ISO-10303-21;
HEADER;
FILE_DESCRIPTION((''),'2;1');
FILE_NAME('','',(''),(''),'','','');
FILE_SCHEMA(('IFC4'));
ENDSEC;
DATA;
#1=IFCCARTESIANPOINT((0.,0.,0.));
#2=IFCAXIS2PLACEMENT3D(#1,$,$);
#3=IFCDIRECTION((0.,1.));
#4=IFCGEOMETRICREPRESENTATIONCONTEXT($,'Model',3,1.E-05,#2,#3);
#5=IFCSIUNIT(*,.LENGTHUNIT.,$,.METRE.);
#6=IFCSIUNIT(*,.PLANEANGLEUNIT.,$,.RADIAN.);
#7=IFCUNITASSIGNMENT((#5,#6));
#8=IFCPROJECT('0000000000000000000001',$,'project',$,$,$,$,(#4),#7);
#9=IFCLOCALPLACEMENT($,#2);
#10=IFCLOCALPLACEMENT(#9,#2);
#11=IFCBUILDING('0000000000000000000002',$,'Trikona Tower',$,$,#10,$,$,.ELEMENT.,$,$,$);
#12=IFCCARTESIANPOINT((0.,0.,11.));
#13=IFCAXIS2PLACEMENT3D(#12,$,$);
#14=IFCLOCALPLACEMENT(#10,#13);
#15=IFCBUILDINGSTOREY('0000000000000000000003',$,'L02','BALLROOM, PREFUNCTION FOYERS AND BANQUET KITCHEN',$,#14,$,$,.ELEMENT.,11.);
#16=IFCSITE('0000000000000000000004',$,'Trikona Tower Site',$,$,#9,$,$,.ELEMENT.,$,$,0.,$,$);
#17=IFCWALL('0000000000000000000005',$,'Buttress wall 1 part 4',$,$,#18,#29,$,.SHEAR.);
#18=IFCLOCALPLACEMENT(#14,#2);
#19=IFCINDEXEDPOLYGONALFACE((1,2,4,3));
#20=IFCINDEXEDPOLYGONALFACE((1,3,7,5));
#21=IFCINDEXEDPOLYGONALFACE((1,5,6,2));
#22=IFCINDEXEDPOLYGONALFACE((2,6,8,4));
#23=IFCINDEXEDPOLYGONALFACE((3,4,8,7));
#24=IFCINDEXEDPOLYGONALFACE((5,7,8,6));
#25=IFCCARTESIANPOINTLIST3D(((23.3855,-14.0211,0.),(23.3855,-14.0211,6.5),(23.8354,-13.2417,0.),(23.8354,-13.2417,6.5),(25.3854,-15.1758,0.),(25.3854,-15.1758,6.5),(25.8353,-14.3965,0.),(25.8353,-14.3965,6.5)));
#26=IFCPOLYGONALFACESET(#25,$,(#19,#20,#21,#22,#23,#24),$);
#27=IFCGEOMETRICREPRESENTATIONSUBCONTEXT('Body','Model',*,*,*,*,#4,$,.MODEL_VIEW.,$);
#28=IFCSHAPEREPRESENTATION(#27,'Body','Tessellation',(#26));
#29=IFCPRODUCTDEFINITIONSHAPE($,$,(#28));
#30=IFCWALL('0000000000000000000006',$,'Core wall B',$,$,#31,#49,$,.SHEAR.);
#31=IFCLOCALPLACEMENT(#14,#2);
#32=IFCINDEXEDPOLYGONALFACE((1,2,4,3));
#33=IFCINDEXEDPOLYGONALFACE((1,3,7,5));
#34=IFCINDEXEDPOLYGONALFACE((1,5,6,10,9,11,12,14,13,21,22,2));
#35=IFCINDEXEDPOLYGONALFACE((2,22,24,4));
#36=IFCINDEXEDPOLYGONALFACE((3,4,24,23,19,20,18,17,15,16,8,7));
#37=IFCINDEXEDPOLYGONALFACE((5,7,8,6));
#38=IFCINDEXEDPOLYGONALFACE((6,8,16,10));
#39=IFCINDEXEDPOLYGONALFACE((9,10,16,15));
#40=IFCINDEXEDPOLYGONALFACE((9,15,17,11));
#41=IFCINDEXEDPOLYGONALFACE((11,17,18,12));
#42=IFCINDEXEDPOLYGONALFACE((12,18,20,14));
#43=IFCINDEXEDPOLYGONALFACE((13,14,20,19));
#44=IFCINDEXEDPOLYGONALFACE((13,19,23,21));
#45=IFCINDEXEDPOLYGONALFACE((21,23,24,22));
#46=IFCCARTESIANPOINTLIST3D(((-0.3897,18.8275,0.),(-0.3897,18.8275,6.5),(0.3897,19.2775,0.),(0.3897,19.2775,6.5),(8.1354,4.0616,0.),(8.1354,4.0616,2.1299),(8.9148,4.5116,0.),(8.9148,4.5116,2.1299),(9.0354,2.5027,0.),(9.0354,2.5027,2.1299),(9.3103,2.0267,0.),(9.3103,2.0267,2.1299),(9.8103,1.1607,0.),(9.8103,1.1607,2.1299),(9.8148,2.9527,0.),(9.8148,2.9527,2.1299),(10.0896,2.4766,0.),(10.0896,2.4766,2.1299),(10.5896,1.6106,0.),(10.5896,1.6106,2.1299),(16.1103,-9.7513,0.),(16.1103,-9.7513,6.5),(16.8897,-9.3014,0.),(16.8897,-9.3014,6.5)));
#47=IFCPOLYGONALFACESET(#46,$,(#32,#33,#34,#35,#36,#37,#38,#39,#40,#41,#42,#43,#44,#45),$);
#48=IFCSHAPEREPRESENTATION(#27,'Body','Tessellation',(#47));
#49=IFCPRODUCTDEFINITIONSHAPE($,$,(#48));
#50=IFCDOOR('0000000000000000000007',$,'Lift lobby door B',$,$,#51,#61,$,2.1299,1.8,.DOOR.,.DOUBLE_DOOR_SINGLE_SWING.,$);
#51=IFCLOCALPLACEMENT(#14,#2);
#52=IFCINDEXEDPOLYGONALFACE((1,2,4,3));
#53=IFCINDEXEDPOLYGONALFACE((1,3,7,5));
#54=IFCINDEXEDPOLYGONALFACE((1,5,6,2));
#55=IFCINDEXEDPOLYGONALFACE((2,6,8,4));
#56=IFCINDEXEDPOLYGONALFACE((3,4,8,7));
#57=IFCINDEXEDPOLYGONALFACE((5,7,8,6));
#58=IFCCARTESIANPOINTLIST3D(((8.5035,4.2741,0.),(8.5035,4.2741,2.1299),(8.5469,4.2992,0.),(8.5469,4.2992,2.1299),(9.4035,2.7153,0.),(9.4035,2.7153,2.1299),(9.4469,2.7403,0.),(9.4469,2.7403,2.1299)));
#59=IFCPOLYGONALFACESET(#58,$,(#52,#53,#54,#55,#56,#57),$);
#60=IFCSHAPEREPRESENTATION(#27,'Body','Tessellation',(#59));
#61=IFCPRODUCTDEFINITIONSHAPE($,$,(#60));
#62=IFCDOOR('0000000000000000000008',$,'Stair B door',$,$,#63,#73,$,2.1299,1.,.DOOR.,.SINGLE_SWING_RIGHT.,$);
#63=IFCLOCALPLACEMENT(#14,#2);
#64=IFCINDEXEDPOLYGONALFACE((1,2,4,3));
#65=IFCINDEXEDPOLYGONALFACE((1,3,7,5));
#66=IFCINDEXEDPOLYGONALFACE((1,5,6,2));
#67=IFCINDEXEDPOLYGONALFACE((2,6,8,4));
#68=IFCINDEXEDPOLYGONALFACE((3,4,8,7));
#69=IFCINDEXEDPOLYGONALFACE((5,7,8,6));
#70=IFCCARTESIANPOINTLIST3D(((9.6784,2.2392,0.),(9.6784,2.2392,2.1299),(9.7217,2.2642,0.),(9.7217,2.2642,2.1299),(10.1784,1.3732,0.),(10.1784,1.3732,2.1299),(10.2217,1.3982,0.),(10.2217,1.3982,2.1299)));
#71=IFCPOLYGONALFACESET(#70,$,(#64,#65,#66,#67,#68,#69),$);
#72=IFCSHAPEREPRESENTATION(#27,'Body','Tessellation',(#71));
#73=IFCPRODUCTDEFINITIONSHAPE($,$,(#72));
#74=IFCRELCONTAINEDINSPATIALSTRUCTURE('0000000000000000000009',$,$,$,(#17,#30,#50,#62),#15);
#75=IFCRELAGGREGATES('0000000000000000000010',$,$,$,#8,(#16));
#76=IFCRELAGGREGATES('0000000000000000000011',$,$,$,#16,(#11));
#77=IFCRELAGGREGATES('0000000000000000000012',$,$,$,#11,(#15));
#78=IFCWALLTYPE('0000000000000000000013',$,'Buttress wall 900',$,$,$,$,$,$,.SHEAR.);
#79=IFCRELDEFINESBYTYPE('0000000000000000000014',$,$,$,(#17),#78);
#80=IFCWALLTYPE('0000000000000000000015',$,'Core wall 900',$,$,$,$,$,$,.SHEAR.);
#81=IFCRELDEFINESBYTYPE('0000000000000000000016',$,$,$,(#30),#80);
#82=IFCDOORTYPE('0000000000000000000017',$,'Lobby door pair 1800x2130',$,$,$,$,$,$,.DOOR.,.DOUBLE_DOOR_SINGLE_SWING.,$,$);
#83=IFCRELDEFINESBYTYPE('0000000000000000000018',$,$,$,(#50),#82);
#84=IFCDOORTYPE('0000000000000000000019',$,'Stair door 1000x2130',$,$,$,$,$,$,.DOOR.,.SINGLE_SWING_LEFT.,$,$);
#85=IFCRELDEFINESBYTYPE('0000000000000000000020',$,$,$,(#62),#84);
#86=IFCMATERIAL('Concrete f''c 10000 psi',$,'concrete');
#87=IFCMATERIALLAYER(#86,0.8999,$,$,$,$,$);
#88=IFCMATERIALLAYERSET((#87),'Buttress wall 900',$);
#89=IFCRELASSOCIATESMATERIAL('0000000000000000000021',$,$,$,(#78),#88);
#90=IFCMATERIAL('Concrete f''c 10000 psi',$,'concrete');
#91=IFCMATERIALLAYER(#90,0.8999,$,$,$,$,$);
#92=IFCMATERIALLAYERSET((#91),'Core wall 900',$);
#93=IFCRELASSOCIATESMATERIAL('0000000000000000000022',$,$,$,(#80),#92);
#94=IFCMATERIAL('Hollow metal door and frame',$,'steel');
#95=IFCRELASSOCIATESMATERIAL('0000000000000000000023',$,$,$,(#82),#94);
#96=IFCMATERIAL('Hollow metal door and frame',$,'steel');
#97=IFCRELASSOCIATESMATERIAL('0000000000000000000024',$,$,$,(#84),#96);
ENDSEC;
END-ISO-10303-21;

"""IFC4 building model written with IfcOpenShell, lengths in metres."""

from ifc_helpers import new_model, si_unit, direction, frame, frame_2d, origin, place, context, subcontext, project, spatial, rectangle, extrude, material, layer, layer_set, type_object, element, fill, save


model = new_model("IFC4")

# Units and contexts
model_context = context("Model", 3, precision=1e-05, world=origin(), true_north=direction((0.0, 1.0)))
body_context = subcontext(model_context, "Body", "Model", "MODEL_VIEW")
ifc_project = project(units=[si_unit("LENGTHUNIT", "METRE"), si_unit("PLANEANGLEUNIT", "RADIAN")], contexts=[model_context])

# Site, building, storey
site_placement = place(None, origin())
site = spatial("IfcSite", under=ifc_project, at=site_placement, Name="Trikona Tower Site", CompositionType="ELEMENT", RefElevation=0.0)
building_placement = place(site_placement, origin())
building = spatial("IfcBuilding", under=site, at=building_placement, Name="Trikona Tower", CompositionType="ELEMENT")
storey_placement = place(building_placement, frame((0.0, 0.0, 11.0)))
storey = spatial("IfcBuildingStorey", under=building, at=storey_placement, Name="L02", Description="BALLROOM, PREFUNCTION FOYERS AND BANQUET KITCHEN", CompositionType="ELEMENT", Elevation=11.0)

# Shared definitions
ifc_material_1 = material(Name="Concrete f'c 10000 psi", Category="concrete")
ifc_layer_1 = layer(ifc_material_1, 0.8999)
ifc_layer_set_1 = layer_set([ifc_layer_1], Name="Buttress wall 900")
wall_type_1 = type_object("IfcWallType", Name="Buttress wall 900", PredefinedType="SHEAR", material=ifc_layer_set_1)

# Wall
for number, where, z_axis, x_axis, name in (
    (1, (23.6104, -13.6313, 0.0), (0.0, 0.0, 1.0), (0.86601, -0.500027, 0.0), "Buttress wall 1 part 4"),
):
    element("IfcWall", number, at=place(storey_placement, frame(where, z_axis=z_axis, x_axis=x_axis)), inside=storey, type_object=wall_type_1, Name=name, PredefinedType="SHEAR", context=body_context, shape_type="SweptSolid", body=[
        extrude(rectangle(XDim=2.3093, YDim=0.8999, at=frame_2d((1.1548, 0.0))), origin(), (0.0, 0.0, 1.0), 6.5),
    ])

# Wall, openings, doors
ifc_material_2 = material(Name="Concrete f'c 10000 psi", Category="concrete")
ifc_layer_2 = layer(ifc_material_2, 0.8999)
ifc_layer_set_2 = layer_set([ifc_layer_2], Name="Core wall 900")
wall_type_2 = type_object("IfcWallType", Name="Core wall 900", PredefinedType="SHEAR", material=ifc_layer_set_2)
wall_1_placement = place(storey_placement, frame((16.5, -9.5264, 0.0), z_axis=(0.0, 0.0, 1.0), x_axis=(-0.5, 0.866026, 0.0)))
wall_1 = element("IfcWall", 2, at=wall_1_placement, inside=storey, type_object=wall_type_2, Name="Core wall B", PredefinedType="SHEAR", context=body_context, shape_type="SweptSolid", body=[
    extrude(rectangle(XDim=33.0, YDim=0.8999, at=frame_2d((16.5, 0.0))), origin(), (0.0, 0.0, 1.0), 6.5),
])
opening_1_placement = place(wall_1_placement, frame((14.1499, 0.0, 0.0)))
opening_1 = element("IfcOpeningElement", 3, at=opening_1_placement, cuts=wall_1, PredefinedType="OPENING", context=body_context, shape_type="SweptSolid", body=[
    extrude(rectangle(XDim=1.8, YDim=2.1299, at=frame_2d((0.8999, 1.0649))), frame((0.0, 0.46, 0.0), z_axis=(0.0, -1.0, 0.0), x_axis=(1.0, 0.0, 0.0)), (0.0, 0.0, 1.0), 0.9199),
])
opening_2_placement = place(wall_1_placement, frame((12.6001, 0.0, 0.0)))
opening_2 = element("IfcOpeningElement", 4, at=opening_2_placement, cuts=wall_1, PredefinedType="OPENING", context=body_context, shape_type="SweptSolid", body=[
    extrude(rectangle(XDim=1.0, YDim=2.1299, at=frame_2d((0.5, 1.0649))), frame((0.0, 0.46, 0.0), z_axis=(0.0, -1.0, 0.0), x_axis=(1.0, 0.0, 0.0)), (0.0, 0.0, 1.0), 0.9199),
])
ifc_material_3 = material(Name="Hollow metal door and frame", Category="steel")
door_type_1 = type_object("IfcDoorType", Name="Lobby door pair 1800x2130", OperationType="DOUBLE_DOOR_SINGLE_SWING", PredefinedType="DOOR", material=ifc_material_3)
door_1_placement = place(opening_1_placement, origin())
door_1 = element("IfcDoor", 5, at=door_1_placement, inside=storey, type_object=door_type_1, Name="Lift lobby door B", OperationType="DOUBLE_DOOR_SINGLE_SWING", OverallHeight=2.1299, OverallWidth=1.8, PredefinedType="DOOR", context=body_context, shape_type="SweptSolid", body=[
    extrude(rectangle(XDim=1.8, YDim=2.1299, at=frame_2d((0.8999, 1.0649))), frame((0.0, 0.0249, 0.0), z_axis=(0.0, -1.0, 0.0), x_axis=(1.0, 0.0, 0.0)), (0.0, 0.0, 1.0), 0.05),
])
fill(opening_1, door_1)
ifc_material_4 = material(Name="Hollow metal door and frame", Category="steel")
door_type_2 = type_object("IfcDoorType", Name="Stair door 1000x2130", OperationType="SINGLE_SWING_LEFT", PredefinedType="DOOR", material=ifc_material_4)
door_2_placement = place(opening_2_placement, origin())
door_2 = element("IfcDoor", 6, at=door_2_placement, inside=storey, type_object=door_type_2, Name="Stair B door", OperationType="SINGLE_SWING_RIGHT", OverallHeight=2.1299, OverallWidth=1.0, PredefinedType="DOOR", context=body_context, shape_type="SweptSolid", body=[
    extrude(rectangle(XDim=1.0, YDim=2.1299, at=frame_2d((0.5, 1.0649))), frame((0.0, 0.0249, 0.0), z_axis=(0.0, -1.0, 0.0), x_axis=(1.0, 0.0, 0.0)), (0.0, 0.0, 1.0), 0.05),
])
fill(opening_2, door_2)

save(model, "model.ifc")
